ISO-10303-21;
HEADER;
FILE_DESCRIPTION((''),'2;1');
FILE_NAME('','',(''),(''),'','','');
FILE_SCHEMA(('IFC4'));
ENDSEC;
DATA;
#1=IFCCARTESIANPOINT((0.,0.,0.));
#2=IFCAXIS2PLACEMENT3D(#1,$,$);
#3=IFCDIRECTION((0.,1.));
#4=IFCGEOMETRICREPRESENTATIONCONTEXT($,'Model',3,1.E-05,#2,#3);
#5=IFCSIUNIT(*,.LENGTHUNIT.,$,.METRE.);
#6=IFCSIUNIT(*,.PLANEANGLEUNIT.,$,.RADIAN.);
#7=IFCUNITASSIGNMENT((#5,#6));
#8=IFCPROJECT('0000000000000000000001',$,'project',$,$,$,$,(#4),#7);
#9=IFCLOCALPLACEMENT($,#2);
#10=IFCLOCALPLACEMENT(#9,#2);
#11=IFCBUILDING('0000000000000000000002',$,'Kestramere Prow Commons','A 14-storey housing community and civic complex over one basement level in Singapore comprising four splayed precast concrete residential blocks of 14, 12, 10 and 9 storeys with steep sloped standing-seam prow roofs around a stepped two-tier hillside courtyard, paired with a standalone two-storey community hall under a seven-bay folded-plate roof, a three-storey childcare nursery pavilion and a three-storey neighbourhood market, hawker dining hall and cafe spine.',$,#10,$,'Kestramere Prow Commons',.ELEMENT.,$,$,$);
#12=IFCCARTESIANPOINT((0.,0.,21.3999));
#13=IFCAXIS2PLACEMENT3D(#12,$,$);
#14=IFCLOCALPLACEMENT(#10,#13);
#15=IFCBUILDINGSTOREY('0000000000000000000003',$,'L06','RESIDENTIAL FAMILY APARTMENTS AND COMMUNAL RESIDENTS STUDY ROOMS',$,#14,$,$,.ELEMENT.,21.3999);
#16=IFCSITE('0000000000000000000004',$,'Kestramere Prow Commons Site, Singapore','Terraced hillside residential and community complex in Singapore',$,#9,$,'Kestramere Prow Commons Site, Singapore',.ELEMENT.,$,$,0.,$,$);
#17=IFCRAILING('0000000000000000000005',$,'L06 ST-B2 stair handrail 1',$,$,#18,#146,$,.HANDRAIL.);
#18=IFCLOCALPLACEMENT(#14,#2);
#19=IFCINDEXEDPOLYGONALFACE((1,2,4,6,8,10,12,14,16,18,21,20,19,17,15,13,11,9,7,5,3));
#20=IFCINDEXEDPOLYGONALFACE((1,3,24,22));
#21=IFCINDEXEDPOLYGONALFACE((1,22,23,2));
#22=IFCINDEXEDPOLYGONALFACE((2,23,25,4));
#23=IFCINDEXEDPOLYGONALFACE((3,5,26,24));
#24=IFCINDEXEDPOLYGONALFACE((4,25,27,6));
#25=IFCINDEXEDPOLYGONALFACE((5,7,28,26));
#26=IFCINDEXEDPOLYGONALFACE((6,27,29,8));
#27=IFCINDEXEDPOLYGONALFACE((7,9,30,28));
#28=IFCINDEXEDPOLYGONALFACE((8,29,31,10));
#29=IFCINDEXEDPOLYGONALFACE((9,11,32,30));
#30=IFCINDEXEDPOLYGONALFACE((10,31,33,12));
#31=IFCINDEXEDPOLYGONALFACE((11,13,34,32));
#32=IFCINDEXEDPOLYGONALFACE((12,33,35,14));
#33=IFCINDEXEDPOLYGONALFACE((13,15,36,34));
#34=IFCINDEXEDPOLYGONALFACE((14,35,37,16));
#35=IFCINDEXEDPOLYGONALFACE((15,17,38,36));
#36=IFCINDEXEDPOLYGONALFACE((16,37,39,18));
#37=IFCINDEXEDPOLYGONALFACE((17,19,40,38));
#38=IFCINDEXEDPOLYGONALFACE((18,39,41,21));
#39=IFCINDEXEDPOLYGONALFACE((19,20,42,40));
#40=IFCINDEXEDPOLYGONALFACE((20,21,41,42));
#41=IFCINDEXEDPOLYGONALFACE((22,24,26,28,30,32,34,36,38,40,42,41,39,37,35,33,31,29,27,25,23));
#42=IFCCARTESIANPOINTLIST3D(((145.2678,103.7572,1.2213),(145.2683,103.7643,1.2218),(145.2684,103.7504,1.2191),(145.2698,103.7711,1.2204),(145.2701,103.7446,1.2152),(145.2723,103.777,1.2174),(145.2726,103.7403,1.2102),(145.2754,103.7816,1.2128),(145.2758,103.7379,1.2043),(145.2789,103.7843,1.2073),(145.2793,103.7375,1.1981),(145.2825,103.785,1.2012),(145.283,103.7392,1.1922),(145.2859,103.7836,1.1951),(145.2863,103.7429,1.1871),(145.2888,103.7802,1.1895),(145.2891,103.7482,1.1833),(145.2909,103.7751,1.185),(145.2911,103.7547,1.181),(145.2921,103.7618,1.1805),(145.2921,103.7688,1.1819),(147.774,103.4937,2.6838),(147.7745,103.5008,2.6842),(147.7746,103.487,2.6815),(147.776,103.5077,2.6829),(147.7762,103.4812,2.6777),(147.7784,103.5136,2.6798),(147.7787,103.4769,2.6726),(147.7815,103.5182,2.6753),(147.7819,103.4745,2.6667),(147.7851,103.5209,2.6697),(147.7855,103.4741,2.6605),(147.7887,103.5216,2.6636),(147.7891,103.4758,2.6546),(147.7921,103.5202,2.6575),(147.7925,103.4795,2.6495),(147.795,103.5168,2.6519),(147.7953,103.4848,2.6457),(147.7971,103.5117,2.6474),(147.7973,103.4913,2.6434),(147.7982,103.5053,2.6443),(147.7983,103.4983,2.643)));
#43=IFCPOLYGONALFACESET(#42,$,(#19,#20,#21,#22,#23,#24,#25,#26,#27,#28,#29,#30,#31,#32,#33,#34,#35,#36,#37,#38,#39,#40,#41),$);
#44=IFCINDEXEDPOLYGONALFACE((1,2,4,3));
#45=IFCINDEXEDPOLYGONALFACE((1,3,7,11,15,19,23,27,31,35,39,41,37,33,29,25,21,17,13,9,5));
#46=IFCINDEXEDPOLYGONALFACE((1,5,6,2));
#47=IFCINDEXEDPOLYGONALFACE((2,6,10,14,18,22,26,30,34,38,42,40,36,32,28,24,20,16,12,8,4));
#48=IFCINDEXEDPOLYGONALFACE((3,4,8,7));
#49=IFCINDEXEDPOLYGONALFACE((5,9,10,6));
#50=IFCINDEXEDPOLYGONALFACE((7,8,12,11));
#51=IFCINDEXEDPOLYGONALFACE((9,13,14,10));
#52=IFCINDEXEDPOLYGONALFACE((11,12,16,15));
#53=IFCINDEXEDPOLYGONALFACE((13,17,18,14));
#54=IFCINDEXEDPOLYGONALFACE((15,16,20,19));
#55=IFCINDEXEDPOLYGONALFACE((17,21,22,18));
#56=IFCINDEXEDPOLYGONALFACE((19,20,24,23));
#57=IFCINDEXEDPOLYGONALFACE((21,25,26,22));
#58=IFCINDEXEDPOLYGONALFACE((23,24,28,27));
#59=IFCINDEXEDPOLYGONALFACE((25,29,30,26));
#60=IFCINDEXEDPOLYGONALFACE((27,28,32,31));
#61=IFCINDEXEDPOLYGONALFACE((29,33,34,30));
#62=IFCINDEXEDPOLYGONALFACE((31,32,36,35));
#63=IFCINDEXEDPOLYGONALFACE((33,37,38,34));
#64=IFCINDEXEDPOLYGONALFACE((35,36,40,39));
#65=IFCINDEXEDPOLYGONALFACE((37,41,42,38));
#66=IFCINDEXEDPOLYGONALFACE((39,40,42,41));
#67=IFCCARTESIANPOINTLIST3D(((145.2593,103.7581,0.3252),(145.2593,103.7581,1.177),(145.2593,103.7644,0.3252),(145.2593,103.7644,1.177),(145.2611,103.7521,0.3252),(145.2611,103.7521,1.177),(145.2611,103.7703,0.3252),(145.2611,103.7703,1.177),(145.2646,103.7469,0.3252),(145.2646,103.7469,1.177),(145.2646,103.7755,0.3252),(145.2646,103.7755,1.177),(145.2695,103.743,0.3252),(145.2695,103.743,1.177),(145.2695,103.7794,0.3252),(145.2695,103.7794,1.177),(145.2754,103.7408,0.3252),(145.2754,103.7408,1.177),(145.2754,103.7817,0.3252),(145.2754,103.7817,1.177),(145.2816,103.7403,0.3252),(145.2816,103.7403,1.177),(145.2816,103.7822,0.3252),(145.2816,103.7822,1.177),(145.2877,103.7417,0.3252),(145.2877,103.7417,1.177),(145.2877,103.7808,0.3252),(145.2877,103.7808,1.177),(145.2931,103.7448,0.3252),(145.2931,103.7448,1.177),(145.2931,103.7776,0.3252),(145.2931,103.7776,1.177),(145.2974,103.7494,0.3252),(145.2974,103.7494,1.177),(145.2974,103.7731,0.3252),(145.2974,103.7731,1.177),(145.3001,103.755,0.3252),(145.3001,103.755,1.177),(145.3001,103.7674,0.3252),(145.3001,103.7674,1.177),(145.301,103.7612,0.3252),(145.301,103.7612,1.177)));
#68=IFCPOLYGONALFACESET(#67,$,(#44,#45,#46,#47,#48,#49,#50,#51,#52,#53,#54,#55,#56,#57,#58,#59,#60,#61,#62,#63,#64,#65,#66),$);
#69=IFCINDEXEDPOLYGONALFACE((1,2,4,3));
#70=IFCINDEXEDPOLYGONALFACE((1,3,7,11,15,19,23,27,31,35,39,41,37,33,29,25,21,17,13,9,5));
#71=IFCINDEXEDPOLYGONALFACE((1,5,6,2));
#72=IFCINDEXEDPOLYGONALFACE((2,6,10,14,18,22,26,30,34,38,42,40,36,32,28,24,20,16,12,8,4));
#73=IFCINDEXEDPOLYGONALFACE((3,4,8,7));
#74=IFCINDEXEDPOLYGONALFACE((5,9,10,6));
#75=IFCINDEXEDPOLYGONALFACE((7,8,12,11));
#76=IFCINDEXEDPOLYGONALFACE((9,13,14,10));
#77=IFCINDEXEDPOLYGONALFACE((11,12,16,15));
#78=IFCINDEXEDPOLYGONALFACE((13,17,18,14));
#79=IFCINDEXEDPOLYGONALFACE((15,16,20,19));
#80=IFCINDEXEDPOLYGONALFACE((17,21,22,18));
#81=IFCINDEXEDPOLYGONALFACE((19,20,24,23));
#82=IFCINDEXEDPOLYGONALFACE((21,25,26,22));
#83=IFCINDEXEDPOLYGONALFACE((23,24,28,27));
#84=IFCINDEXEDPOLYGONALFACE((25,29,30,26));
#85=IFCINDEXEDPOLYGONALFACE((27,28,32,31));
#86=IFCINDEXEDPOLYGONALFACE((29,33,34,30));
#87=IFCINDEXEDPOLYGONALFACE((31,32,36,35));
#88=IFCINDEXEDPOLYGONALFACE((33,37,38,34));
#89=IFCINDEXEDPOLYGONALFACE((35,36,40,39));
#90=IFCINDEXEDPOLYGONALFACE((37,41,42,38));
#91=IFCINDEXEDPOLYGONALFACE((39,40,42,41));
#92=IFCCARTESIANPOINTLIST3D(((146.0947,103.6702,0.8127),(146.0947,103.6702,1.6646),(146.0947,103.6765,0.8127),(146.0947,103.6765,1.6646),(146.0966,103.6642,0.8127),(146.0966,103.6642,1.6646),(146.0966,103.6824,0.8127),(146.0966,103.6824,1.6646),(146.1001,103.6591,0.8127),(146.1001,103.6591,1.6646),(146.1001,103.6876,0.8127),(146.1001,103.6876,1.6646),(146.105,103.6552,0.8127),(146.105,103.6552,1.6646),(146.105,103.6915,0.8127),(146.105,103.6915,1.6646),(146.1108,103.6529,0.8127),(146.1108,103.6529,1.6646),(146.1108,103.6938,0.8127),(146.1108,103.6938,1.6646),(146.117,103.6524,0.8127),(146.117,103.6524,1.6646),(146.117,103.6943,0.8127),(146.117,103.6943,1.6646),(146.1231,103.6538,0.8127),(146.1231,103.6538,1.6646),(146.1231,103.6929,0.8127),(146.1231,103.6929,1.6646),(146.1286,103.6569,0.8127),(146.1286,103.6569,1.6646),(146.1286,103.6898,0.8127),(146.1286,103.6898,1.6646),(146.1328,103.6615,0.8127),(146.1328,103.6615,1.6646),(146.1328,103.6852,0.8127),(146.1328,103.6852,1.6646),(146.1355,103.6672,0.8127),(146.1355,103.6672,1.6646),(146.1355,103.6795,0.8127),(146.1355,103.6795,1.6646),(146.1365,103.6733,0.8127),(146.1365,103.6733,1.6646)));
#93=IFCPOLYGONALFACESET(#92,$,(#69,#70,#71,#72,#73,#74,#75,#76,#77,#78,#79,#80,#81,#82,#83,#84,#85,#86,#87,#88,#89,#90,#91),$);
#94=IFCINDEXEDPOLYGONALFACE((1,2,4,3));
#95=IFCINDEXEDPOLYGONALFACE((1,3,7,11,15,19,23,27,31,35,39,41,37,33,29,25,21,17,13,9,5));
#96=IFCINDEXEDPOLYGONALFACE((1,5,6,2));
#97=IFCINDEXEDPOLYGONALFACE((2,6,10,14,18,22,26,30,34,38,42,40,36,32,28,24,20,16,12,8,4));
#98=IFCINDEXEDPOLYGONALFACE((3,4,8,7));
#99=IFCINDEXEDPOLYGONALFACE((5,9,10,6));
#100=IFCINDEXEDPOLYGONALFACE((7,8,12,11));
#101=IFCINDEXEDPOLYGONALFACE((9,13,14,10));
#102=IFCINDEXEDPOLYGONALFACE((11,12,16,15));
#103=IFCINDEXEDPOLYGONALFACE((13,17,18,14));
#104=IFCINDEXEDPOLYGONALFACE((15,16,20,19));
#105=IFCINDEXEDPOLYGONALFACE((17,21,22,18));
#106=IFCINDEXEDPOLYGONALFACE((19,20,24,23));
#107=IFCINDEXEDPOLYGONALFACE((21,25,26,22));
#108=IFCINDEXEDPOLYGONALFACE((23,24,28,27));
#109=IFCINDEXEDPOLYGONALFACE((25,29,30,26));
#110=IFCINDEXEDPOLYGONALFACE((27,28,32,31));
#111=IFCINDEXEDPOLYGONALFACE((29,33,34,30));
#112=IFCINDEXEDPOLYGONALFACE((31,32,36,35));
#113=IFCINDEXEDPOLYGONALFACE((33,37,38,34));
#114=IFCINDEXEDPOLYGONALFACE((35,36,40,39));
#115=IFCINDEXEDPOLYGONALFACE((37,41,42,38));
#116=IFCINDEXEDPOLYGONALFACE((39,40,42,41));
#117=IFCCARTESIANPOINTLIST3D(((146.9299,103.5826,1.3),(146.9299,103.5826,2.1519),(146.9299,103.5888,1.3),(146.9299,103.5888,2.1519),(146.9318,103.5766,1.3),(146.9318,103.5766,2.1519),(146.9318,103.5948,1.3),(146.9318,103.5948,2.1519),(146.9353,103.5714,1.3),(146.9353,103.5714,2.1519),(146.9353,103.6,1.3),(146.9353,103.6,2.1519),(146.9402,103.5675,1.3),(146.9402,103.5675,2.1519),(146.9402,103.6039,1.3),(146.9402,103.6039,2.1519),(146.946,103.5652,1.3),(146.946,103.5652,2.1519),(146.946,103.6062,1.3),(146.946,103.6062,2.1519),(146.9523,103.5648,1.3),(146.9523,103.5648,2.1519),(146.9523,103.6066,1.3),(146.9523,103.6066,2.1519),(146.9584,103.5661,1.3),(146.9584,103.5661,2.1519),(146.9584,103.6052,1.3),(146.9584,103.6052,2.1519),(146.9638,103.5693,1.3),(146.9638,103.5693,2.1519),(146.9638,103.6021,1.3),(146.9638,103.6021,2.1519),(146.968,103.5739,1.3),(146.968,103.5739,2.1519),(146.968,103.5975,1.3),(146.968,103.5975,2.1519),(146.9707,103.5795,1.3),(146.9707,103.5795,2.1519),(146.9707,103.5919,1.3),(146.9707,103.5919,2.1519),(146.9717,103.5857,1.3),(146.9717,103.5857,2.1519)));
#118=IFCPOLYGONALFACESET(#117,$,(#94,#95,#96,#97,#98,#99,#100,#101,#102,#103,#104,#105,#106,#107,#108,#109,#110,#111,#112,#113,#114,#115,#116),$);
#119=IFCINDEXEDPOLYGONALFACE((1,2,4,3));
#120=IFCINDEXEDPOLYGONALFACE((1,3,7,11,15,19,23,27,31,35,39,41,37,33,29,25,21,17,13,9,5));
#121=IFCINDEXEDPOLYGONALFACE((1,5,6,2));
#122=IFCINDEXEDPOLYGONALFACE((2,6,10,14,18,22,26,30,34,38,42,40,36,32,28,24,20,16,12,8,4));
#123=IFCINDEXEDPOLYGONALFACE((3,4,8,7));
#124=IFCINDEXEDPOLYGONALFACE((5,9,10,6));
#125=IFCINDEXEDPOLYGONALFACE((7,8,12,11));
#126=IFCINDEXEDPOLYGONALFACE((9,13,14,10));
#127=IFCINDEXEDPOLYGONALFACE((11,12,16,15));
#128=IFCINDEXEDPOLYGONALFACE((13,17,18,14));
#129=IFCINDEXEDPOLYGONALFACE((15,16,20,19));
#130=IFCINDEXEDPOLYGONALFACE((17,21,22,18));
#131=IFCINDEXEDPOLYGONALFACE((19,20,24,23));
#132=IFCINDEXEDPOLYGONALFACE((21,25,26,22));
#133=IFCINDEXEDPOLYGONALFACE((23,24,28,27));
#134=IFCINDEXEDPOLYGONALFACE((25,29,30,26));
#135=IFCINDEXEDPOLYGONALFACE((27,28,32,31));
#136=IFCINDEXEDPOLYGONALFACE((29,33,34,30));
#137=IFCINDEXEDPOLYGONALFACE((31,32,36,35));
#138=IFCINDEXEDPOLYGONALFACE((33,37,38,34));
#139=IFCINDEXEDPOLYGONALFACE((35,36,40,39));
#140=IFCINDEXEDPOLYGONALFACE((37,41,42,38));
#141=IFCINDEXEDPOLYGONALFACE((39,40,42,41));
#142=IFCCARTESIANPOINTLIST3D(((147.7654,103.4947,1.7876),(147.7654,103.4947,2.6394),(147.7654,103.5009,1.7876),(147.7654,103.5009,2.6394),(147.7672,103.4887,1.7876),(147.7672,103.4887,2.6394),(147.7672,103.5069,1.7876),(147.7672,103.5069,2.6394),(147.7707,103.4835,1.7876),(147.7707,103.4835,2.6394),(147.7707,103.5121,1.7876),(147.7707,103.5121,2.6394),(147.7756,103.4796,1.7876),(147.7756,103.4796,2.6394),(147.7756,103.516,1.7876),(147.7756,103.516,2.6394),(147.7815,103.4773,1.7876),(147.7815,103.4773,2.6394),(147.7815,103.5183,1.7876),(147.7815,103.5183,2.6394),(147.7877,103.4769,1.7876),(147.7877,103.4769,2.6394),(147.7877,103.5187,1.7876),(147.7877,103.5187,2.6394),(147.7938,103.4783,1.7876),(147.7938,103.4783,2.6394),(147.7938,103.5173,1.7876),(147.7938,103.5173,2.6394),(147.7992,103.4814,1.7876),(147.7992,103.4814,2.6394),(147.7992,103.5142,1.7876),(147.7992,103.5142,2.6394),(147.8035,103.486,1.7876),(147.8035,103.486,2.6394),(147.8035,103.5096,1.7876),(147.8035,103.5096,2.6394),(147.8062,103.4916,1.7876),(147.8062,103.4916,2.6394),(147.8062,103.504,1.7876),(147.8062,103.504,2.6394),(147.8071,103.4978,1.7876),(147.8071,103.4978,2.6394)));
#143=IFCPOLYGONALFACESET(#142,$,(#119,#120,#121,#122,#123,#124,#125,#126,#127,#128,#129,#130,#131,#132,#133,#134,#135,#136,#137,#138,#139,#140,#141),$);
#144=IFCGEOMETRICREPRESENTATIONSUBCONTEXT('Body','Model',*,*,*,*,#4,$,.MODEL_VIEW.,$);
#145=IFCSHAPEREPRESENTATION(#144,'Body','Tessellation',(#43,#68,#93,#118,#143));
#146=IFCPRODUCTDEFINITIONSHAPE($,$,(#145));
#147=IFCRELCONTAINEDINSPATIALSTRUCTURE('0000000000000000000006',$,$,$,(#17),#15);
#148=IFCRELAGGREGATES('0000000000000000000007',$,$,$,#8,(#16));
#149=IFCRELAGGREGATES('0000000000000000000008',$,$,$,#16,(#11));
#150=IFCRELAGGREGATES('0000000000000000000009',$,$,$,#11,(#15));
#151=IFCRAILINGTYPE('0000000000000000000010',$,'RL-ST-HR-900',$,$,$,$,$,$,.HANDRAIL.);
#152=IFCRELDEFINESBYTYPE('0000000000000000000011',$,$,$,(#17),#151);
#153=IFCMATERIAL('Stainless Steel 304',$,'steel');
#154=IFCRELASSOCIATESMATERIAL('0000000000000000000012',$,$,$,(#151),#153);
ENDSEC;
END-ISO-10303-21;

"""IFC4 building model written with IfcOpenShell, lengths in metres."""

from ifc_helpers import new_model, si_unit, direction, frame, origin, origin_2d, place, context, subcontext, project, spatial, circle, extrude, material, type_object, element, save


model = new_model("IFC4")

# Units and contexts
model_context = context("Model", 3, precision=1e-05, world=origin(), true_north=direction((0.0, 1.0)))
body_context = subcontext(model_context, "Body", "Model", "MODEL_VIEW")
ifc_project = project(units=[si_unit("LENGTHUNIT", "METRE"), si_unit("PLANEANGLEUNIT", "RADIAN")], contexts=[model_context])

# Site, building, storey
site_placement = place(None, origin())
site = spatial("IfcSite", under=ifc_project, at=site_placement, Name="Kestramere Prow Commons Site, Singapore", Description="Terraced hillside residential and community complex in Singapore", LongName="Kestramere Prow Commons Site, Singapore", CompositionType="ELEMENT", RefElevation=0.0)
building_placement = place(site_placement, origin())
building = spatial("IfcBuilding", under=site, at=building_placement, Name="Kestramere Prow Commons", Description="A 14-storey housing community and civic complex over one basement level in Singapore comprising four splayed precast concrete residential blocks of 14, 12, 10 and 9 storeys with steep sloped standing-seam prow roofs around a stepped two-tier hillside courtyard, paired with a standalone two-storey community hall under a seven-bay folded-plate roof, a three-storey childcare nursery pavilion and a three-storey neighbourhood market, hawker dining hall and cafe spine.", LongName="Kestramere Prow Commons", CompositionType="ELEMENT")
storey_placement = place(building_placement, frame((0.0, 0.0, 21.3999)))
storey = spatial("IfcBuildingStorey", under=building, at=storey_placement, Name="L06", Description="RESIDENTIAL FAMILY APARTMENTS AND COMMUNAL RESIDENTS STUDY ROOMS", CompositionType="ELEMENT", Elevation=21.3999)

# Railing
ifc_material_1 = material(Name="Stainless Steel 304", Category="steel")
railing_type_1 = type_object("IfcRailingType", Name="RL-ST-HR-900", PredefinedType="HANDRAIL", material=ifc_material_1)
railing_1_placement = place(storey_placement, frame((145.28, 103.7612, 0.3252)))
element("IfcRailing", 1, at=railing_1_placement, inside=storey, type_object=railing_type_1, Name="L06 ST-B2 stair handrail 1", PredefinedType="HANDRAIL", context=body_context, shape_type="SweptSolid", body=[
    extrude(circle(Radius=0.0239, at=origin_2d()), frame((0.0, 0.0, 0.876), z_axis=(0.860165, -0.090416, 0.501937), x_axis=(0.104539, 0.994521, 0.0)), (0.0, 0.0, 1.0), 2.9136),
    extrude(circle(Radius=0.021, at=origin_2d()), origin(), (0.0, 0.0, 1.0), 0.8518),
    extrude(circle(Radius=0.021, at=origin_2d()), frame((0.8354, -0.0879, 0.4875)), (0.0, 0.0, 1.0), 0.8518),
    extrude(circle(Radius=0.021, at=origin_2d()), frame((1.6707, -0.1755, 0.9749)), (0.0, 0.0, 1.0), 0.8518),
    extrude(circle(Radius=0.021, at=origin_2d()), frame((2.5061, -0.2634, 1.4624)), (0.0, 0.0, 1.0), 0.8518),
])

save(model, "model.ifc")
